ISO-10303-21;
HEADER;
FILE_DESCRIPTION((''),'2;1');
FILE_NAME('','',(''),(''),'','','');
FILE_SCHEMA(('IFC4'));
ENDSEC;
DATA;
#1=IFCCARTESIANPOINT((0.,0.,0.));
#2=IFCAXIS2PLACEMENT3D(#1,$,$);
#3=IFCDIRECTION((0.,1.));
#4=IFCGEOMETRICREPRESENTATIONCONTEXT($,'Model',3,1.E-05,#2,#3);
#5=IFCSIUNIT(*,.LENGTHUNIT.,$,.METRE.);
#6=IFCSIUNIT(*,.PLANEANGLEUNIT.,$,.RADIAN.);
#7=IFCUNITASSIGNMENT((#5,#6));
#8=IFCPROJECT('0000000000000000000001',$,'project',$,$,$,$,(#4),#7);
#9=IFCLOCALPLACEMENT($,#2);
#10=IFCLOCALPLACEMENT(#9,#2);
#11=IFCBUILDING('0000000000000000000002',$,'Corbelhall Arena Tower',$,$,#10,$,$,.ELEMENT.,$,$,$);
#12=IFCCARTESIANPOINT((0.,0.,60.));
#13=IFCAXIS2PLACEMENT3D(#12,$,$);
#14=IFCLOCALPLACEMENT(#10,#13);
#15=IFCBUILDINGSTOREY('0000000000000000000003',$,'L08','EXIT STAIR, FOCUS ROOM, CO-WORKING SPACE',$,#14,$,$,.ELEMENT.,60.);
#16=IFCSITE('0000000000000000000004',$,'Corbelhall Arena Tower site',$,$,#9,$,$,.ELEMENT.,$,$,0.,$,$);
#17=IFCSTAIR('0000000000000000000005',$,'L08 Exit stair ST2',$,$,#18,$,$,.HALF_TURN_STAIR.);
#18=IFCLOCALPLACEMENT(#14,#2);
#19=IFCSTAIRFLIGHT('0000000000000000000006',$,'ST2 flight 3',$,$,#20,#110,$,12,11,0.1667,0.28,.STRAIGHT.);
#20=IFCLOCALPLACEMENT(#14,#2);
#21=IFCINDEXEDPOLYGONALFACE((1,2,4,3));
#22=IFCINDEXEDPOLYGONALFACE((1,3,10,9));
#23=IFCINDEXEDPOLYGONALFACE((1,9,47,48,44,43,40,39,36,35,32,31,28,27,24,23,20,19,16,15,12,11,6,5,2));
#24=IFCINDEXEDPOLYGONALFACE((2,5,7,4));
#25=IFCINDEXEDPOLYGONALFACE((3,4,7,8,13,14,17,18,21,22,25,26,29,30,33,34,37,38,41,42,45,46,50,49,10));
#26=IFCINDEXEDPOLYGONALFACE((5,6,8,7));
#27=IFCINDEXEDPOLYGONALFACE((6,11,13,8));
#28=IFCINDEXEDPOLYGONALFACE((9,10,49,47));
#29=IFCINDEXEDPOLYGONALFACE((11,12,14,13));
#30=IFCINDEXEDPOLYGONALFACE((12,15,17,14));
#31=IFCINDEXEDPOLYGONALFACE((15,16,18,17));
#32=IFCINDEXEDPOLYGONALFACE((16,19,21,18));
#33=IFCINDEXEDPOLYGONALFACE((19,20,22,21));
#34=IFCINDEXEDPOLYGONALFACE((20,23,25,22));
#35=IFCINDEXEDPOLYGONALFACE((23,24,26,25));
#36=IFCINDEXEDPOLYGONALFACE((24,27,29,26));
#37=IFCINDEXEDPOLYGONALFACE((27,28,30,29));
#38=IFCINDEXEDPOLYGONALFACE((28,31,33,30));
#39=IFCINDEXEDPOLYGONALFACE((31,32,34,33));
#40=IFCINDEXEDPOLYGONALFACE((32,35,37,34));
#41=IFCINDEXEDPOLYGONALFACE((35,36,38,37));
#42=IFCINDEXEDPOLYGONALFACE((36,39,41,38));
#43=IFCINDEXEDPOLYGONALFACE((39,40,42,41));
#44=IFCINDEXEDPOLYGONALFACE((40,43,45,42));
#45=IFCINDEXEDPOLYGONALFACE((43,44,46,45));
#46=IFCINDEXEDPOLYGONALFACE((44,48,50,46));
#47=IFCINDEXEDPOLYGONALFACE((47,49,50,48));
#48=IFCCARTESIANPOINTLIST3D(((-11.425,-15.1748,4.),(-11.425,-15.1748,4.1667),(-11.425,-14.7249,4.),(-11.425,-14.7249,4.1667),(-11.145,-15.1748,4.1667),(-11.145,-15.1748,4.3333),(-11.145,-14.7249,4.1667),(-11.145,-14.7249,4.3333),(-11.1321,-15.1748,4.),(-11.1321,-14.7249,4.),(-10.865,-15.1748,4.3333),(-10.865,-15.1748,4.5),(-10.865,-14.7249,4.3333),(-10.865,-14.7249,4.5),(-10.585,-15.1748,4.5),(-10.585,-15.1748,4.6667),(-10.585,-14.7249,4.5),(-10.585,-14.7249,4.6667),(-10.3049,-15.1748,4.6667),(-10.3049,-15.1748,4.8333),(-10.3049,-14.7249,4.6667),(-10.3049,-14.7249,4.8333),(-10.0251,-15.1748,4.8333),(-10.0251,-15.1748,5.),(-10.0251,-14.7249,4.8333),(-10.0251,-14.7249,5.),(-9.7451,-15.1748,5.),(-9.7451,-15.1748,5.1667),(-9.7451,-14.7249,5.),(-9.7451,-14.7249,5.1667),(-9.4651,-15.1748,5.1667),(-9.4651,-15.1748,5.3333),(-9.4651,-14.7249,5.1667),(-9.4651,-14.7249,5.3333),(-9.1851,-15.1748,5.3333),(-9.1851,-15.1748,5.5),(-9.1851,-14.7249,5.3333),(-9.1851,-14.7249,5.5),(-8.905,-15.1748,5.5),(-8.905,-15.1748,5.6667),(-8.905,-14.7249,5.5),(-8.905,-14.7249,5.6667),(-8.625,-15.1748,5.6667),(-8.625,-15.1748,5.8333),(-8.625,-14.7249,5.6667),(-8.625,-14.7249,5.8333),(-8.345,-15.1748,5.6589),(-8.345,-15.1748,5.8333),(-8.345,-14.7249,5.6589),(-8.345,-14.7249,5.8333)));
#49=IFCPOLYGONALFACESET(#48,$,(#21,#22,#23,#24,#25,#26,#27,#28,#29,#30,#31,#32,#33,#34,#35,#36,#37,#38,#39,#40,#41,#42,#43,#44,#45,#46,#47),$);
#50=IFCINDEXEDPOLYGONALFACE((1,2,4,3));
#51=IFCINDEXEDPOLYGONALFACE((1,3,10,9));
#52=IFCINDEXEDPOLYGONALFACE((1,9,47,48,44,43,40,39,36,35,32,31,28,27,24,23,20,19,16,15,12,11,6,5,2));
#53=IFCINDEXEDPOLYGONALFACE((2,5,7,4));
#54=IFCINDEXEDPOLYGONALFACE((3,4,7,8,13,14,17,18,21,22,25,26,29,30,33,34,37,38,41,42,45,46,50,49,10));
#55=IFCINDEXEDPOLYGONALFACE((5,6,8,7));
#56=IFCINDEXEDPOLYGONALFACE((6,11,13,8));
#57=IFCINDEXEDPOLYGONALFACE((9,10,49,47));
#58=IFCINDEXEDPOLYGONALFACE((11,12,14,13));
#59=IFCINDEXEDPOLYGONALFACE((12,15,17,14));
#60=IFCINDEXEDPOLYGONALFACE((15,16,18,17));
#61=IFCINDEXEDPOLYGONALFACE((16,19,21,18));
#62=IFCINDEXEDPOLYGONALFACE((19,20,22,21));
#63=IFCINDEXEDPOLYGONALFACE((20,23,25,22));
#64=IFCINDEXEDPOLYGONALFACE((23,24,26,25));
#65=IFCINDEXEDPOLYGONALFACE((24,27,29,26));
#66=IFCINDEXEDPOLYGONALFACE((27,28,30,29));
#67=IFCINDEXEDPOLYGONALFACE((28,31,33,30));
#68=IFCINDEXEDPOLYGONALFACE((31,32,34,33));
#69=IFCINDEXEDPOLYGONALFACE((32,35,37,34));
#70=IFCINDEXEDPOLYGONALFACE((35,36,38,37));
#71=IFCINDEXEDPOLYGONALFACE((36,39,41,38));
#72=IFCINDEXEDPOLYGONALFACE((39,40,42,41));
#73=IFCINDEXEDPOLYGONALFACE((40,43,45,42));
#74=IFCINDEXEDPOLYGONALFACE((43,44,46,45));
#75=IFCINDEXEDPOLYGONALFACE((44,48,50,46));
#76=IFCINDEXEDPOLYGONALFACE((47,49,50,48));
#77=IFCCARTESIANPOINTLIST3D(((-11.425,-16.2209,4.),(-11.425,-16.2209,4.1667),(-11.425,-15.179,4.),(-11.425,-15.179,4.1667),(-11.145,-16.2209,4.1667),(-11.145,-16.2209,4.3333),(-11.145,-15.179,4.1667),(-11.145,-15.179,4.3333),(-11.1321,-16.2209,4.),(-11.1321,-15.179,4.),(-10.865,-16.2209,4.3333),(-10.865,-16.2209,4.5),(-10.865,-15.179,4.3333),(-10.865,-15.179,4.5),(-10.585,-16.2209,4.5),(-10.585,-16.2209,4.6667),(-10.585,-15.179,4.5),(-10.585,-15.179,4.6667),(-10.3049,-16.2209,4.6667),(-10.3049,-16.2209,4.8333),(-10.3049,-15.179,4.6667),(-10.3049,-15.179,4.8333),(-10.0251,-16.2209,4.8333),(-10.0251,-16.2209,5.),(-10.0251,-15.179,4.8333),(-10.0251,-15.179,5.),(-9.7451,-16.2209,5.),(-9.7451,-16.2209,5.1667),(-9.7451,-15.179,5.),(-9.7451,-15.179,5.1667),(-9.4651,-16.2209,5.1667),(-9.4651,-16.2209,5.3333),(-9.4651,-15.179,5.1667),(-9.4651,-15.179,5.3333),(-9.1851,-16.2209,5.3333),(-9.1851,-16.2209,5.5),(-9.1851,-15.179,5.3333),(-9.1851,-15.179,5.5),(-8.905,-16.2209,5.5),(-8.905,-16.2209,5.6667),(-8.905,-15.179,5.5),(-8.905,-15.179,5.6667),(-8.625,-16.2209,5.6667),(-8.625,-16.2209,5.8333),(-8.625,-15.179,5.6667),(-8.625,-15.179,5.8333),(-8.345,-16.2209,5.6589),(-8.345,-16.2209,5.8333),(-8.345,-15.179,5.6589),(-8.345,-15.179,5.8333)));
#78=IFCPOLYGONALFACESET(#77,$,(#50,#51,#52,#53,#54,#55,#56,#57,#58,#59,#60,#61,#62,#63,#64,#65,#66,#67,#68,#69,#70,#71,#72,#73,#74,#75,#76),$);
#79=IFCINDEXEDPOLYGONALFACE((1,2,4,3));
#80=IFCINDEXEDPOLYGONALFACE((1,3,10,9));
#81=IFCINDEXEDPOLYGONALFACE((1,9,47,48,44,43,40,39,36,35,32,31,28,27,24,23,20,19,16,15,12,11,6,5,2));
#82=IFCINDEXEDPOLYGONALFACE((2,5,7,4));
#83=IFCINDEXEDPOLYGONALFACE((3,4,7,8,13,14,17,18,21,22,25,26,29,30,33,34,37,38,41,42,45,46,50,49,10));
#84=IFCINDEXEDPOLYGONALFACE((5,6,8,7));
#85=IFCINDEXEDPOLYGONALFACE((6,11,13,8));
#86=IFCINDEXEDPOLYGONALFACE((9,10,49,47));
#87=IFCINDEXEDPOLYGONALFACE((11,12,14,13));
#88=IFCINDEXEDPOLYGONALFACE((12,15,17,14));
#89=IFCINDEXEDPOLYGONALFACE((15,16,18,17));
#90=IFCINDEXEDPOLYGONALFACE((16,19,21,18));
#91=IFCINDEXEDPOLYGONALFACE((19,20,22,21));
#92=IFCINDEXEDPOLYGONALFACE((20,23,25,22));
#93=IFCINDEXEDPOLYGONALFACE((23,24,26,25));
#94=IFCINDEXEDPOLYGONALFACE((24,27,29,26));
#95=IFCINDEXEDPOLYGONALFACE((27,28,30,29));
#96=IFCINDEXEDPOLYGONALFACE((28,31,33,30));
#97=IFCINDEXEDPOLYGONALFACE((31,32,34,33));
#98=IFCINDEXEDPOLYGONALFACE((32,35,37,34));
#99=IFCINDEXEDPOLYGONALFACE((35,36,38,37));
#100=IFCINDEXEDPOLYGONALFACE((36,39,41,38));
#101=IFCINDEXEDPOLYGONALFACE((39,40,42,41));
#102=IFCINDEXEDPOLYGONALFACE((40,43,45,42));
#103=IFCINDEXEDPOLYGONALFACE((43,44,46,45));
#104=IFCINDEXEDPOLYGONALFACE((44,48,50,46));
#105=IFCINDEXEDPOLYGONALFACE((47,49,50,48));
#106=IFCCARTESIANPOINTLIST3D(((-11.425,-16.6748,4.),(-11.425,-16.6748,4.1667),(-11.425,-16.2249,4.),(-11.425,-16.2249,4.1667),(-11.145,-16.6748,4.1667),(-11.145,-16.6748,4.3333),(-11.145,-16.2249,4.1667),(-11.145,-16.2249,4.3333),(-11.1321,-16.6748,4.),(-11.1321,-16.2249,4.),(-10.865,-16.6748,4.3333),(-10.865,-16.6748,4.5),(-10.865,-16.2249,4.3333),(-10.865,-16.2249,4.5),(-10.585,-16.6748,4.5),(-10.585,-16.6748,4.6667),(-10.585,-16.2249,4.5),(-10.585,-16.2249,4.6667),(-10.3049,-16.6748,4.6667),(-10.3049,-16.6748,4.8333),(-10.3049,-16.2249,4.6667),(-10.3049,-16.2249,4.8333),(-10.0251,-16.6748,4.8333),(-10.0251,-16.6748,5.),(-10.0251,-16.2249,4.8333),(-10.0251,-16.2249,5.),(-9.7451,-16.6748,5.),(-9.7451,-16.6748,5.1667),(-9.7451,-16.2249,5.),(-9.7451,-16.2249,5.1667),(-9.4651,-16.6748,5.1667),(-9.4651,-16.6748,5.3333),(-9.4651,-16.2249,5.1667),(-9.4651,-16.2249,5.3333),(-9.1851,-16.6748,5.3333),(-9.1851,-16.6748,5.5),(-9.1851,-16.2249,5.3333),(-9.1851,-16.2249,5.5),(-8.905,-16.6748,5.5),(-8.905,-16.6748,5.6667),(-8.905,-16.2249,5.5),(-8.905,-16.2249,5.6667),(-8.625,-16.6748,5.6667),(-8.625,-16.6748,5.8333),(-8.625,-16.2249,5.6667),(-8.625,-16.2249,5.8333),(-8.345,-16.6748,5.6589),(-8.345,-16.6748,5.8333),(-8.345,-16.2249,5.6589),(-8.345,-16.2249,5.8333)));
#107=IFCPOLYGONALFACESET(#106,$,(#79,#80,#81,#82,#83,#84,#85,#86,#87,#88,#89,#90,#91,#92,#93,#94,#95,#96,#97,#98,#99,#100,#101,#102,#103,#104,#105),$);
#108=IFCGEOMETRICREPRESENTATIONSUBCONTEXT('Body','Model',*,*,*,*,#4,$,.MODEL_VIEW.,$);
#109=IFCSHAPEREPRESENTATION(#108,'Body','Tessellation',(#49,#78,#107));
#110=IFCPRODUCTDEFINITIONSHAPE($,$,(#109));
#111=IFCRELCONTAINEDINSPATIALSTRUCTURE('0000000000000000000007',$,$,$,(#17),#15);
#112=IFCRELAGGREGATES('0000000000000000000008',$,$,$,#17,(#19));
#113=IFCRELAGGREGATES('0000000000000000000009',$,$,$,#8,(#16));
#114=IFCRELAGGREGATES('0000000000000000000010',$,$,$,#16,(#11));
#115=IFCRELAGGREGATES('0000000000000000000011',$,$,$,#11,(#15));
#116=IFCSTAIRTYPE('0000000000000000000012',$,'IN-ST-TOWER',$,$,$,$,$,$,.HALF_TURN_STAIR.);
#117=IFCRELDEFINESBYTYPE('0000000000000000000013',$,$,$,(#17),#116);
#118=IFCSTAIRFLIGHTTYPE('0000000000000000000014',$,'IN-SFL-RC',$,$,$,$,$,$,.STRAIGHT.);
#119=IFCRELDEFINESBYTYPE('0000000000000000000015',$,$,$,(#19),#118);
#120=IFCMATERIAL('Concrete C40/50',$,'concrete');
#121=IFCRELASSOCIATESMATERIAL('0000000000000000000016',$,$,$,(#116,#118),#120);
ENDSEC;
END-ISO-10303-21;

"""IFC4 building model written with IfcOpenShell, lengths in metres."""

from ifc_helpers import new_model, si_unit, direction, frame, origin, place, context, subcontext, project, spatial, polyline, outline, extrude, material, type_object, element, aggregate, save


model = new_model("IFC4")

# Units and contexts
model_context = context("Model", 3, precision=1e-05, world=origin(), true_north=direction((0.0, 1.0)))
body_context = subcontext(model_context, "Body", "Model", "MODEL_VIEW")
ifc_project = project(units=[si_unit("LENGTHUNIT", "METRE"), si_unit("PLANEANGLEUNIT", "RADIAN")], contexts=[model_context])

# Site, building, storey
site_placement = place(None, origin())
site = spatial("IfcSite", under=ifc_project, at=site_placement, Name="Corbelhall Arena Tower site", CompositionType="ELEMENT", RefElevation=0.0)
building_placement = place(site_placement, origin())
building = spatial("IfcBuilding", under=site, at=building_placement, Name="Corbelhall Arena Tower", CompositionType="ELEMENT")
storey_placement = place(building_placement, frame((0.0, 0.0, 60.0)))
storey = spatial("IfcBuildingStorey", under=building, at=storey_placement, Name="L08", Description="EXIT STAIR, FOCUS ROOM, CO-WORKING SPACE", CompositionType="ELEMENT", Elevation=60.0)

# Shared definitions
ifc_material_1 = material(Name="Concrete C40/50", Category="concrete")

# Stair, stair flight
stair_type = type_object("IfcStairType", Name="IN-ST-TOWER", PredefinedType="HALF_TURN_STAIR", material=ifc_material_1)
stair_placement = place(storey_placement, origin())
stair = element("IfcStair", 1, at=stair_placement, inside=storey, type_object=stair_type, Name="L08 Exit stair ST2", PredefinedType="HALF_TURN_STAIR")
stair_flight_type = type_object("IfcStairFlightType", Name="IN-SFL-RC", PredefinedType="STRAIGHT", material=ifc_material_1)
stair_flight_1_placement = place(storey_placement, frame((-11.425, -15.7, 4.0), z_axis=(0.0, 0.0, 1.0), x_axis=(1.0, 0.0, 0.0)))
stair_flight_1 = element("IfcStairFlight", 2, at=stair_flight_1_placement, type_object=stair_flight_type, Name="ST2 flight 3", NumberOfRisers=12, NumberOfTreads=11, PredefinedType="STRAIGHT", RiserHeight=0.1667, TreadLength=0.28, context=body_context, shape_type="SweptSolid", body=[
    extrude(outline(polyline([(0.0, 0.0), (0.0, 0.1667), (0.28, 0.1667), (0.28, 0.3333), (0.5601, 0.3333), (0.5601, 0.5), (0.8401, 0.5), (0.8401, 0.6667), (1.1201, 0.6667), (1.1201, 0.8333), (1.3999, 0.8333), (1.3999, 1.0), (1.6799, 1.0), (1.6799, 1.1667), (1.96, 1.1667), (1.96, 1.3333), (2.24, 1.3333), (2.24, 1.5), (2.52, 1.5), (2.52, 1.6667), (2.8, 1.6667), (2.8, 1.8333), (3.0801, 1.8333), (3.0801, 2.0), (3.0801, 1.6589), (0.293, 0.0), (0.0, 0.0)])), frame((0.0, 0.9751, 0.0), z_axis=(0.0, -1.0, 0.0), x_axis=(1.0, 0.0, 0.0)), (0.0, 0.0, 1.0), 0.45),
    extrude(outline(polyline([(0.0, 0.0), (0.0, 0.1667), (0.28, 0.1667), (0.28, 0.3333), (0.5601, 0.3333), (0.5601, 0.5), (0.8401, 0.5), (0.8401, 0.6667), (1.1201, 0.6667), (1.1201, 0.8333), (1.3999, 0.8333), (1.3999, 1.0), (1.6799, 1.0), (1.6799, 1.1667), (1.96, 1.1667), (1.96, 1.3333), (2.24, 1.3333), (2.24, 1.5), (2.52, 1.5), (2.52, 1.6667), (2.8, 1.6667), (2.8, 1.8333), (3.0801, 1.8333), (3.0801, 2.0), (3.0801, 1.6589), (0.293, 0.0), (0.0, 0.0)])), frame((0.0, 0.521, 0.0), z_axis=(0.0, -1.0, 0.0), x_axis=(1.0, 0.0, 0.0)), (0.0, 0.0, 1.0), 1.042),
    extrude(outline(polyline([(0.0, 0.0), (0.0, 0.1667), (0.28, 0.1667), (0.28, 0.3333), (0.5601, 0.3333), (0.5601, 0.5), (0.8401, 0.5), (0.8401, 0.6667), (1.1201, 0.6667), (1.1201, 0.8333), (1.3999, 0.8333), (1.3999, 1.0), (1.6799, 1.0), (1.6799, 1.1667), (1.96, 1.1667), (1.96, 1.3333), (2.24, 1.3333), (2.24, 1.5), (2.52, 1.5), (2.52, 1.6667), (2.8, 1.6667), (2.8, 1.8333), (3.0801, 1.8333), (3.0801, 2.0), (3.0801, 1.6589), (0.293, 0.0), (0.0, 0.0)])), frame((0.0, -0.5249, 0.0), z_axis=(0.0, -1.0, 0.0), x_axis=(1.0, 0.0, 0.0)), (0.0, 0.0, 1.0), 0.45),
])
aggregate(stair, [stair_flight_1])

save(model, "model.ifc")
